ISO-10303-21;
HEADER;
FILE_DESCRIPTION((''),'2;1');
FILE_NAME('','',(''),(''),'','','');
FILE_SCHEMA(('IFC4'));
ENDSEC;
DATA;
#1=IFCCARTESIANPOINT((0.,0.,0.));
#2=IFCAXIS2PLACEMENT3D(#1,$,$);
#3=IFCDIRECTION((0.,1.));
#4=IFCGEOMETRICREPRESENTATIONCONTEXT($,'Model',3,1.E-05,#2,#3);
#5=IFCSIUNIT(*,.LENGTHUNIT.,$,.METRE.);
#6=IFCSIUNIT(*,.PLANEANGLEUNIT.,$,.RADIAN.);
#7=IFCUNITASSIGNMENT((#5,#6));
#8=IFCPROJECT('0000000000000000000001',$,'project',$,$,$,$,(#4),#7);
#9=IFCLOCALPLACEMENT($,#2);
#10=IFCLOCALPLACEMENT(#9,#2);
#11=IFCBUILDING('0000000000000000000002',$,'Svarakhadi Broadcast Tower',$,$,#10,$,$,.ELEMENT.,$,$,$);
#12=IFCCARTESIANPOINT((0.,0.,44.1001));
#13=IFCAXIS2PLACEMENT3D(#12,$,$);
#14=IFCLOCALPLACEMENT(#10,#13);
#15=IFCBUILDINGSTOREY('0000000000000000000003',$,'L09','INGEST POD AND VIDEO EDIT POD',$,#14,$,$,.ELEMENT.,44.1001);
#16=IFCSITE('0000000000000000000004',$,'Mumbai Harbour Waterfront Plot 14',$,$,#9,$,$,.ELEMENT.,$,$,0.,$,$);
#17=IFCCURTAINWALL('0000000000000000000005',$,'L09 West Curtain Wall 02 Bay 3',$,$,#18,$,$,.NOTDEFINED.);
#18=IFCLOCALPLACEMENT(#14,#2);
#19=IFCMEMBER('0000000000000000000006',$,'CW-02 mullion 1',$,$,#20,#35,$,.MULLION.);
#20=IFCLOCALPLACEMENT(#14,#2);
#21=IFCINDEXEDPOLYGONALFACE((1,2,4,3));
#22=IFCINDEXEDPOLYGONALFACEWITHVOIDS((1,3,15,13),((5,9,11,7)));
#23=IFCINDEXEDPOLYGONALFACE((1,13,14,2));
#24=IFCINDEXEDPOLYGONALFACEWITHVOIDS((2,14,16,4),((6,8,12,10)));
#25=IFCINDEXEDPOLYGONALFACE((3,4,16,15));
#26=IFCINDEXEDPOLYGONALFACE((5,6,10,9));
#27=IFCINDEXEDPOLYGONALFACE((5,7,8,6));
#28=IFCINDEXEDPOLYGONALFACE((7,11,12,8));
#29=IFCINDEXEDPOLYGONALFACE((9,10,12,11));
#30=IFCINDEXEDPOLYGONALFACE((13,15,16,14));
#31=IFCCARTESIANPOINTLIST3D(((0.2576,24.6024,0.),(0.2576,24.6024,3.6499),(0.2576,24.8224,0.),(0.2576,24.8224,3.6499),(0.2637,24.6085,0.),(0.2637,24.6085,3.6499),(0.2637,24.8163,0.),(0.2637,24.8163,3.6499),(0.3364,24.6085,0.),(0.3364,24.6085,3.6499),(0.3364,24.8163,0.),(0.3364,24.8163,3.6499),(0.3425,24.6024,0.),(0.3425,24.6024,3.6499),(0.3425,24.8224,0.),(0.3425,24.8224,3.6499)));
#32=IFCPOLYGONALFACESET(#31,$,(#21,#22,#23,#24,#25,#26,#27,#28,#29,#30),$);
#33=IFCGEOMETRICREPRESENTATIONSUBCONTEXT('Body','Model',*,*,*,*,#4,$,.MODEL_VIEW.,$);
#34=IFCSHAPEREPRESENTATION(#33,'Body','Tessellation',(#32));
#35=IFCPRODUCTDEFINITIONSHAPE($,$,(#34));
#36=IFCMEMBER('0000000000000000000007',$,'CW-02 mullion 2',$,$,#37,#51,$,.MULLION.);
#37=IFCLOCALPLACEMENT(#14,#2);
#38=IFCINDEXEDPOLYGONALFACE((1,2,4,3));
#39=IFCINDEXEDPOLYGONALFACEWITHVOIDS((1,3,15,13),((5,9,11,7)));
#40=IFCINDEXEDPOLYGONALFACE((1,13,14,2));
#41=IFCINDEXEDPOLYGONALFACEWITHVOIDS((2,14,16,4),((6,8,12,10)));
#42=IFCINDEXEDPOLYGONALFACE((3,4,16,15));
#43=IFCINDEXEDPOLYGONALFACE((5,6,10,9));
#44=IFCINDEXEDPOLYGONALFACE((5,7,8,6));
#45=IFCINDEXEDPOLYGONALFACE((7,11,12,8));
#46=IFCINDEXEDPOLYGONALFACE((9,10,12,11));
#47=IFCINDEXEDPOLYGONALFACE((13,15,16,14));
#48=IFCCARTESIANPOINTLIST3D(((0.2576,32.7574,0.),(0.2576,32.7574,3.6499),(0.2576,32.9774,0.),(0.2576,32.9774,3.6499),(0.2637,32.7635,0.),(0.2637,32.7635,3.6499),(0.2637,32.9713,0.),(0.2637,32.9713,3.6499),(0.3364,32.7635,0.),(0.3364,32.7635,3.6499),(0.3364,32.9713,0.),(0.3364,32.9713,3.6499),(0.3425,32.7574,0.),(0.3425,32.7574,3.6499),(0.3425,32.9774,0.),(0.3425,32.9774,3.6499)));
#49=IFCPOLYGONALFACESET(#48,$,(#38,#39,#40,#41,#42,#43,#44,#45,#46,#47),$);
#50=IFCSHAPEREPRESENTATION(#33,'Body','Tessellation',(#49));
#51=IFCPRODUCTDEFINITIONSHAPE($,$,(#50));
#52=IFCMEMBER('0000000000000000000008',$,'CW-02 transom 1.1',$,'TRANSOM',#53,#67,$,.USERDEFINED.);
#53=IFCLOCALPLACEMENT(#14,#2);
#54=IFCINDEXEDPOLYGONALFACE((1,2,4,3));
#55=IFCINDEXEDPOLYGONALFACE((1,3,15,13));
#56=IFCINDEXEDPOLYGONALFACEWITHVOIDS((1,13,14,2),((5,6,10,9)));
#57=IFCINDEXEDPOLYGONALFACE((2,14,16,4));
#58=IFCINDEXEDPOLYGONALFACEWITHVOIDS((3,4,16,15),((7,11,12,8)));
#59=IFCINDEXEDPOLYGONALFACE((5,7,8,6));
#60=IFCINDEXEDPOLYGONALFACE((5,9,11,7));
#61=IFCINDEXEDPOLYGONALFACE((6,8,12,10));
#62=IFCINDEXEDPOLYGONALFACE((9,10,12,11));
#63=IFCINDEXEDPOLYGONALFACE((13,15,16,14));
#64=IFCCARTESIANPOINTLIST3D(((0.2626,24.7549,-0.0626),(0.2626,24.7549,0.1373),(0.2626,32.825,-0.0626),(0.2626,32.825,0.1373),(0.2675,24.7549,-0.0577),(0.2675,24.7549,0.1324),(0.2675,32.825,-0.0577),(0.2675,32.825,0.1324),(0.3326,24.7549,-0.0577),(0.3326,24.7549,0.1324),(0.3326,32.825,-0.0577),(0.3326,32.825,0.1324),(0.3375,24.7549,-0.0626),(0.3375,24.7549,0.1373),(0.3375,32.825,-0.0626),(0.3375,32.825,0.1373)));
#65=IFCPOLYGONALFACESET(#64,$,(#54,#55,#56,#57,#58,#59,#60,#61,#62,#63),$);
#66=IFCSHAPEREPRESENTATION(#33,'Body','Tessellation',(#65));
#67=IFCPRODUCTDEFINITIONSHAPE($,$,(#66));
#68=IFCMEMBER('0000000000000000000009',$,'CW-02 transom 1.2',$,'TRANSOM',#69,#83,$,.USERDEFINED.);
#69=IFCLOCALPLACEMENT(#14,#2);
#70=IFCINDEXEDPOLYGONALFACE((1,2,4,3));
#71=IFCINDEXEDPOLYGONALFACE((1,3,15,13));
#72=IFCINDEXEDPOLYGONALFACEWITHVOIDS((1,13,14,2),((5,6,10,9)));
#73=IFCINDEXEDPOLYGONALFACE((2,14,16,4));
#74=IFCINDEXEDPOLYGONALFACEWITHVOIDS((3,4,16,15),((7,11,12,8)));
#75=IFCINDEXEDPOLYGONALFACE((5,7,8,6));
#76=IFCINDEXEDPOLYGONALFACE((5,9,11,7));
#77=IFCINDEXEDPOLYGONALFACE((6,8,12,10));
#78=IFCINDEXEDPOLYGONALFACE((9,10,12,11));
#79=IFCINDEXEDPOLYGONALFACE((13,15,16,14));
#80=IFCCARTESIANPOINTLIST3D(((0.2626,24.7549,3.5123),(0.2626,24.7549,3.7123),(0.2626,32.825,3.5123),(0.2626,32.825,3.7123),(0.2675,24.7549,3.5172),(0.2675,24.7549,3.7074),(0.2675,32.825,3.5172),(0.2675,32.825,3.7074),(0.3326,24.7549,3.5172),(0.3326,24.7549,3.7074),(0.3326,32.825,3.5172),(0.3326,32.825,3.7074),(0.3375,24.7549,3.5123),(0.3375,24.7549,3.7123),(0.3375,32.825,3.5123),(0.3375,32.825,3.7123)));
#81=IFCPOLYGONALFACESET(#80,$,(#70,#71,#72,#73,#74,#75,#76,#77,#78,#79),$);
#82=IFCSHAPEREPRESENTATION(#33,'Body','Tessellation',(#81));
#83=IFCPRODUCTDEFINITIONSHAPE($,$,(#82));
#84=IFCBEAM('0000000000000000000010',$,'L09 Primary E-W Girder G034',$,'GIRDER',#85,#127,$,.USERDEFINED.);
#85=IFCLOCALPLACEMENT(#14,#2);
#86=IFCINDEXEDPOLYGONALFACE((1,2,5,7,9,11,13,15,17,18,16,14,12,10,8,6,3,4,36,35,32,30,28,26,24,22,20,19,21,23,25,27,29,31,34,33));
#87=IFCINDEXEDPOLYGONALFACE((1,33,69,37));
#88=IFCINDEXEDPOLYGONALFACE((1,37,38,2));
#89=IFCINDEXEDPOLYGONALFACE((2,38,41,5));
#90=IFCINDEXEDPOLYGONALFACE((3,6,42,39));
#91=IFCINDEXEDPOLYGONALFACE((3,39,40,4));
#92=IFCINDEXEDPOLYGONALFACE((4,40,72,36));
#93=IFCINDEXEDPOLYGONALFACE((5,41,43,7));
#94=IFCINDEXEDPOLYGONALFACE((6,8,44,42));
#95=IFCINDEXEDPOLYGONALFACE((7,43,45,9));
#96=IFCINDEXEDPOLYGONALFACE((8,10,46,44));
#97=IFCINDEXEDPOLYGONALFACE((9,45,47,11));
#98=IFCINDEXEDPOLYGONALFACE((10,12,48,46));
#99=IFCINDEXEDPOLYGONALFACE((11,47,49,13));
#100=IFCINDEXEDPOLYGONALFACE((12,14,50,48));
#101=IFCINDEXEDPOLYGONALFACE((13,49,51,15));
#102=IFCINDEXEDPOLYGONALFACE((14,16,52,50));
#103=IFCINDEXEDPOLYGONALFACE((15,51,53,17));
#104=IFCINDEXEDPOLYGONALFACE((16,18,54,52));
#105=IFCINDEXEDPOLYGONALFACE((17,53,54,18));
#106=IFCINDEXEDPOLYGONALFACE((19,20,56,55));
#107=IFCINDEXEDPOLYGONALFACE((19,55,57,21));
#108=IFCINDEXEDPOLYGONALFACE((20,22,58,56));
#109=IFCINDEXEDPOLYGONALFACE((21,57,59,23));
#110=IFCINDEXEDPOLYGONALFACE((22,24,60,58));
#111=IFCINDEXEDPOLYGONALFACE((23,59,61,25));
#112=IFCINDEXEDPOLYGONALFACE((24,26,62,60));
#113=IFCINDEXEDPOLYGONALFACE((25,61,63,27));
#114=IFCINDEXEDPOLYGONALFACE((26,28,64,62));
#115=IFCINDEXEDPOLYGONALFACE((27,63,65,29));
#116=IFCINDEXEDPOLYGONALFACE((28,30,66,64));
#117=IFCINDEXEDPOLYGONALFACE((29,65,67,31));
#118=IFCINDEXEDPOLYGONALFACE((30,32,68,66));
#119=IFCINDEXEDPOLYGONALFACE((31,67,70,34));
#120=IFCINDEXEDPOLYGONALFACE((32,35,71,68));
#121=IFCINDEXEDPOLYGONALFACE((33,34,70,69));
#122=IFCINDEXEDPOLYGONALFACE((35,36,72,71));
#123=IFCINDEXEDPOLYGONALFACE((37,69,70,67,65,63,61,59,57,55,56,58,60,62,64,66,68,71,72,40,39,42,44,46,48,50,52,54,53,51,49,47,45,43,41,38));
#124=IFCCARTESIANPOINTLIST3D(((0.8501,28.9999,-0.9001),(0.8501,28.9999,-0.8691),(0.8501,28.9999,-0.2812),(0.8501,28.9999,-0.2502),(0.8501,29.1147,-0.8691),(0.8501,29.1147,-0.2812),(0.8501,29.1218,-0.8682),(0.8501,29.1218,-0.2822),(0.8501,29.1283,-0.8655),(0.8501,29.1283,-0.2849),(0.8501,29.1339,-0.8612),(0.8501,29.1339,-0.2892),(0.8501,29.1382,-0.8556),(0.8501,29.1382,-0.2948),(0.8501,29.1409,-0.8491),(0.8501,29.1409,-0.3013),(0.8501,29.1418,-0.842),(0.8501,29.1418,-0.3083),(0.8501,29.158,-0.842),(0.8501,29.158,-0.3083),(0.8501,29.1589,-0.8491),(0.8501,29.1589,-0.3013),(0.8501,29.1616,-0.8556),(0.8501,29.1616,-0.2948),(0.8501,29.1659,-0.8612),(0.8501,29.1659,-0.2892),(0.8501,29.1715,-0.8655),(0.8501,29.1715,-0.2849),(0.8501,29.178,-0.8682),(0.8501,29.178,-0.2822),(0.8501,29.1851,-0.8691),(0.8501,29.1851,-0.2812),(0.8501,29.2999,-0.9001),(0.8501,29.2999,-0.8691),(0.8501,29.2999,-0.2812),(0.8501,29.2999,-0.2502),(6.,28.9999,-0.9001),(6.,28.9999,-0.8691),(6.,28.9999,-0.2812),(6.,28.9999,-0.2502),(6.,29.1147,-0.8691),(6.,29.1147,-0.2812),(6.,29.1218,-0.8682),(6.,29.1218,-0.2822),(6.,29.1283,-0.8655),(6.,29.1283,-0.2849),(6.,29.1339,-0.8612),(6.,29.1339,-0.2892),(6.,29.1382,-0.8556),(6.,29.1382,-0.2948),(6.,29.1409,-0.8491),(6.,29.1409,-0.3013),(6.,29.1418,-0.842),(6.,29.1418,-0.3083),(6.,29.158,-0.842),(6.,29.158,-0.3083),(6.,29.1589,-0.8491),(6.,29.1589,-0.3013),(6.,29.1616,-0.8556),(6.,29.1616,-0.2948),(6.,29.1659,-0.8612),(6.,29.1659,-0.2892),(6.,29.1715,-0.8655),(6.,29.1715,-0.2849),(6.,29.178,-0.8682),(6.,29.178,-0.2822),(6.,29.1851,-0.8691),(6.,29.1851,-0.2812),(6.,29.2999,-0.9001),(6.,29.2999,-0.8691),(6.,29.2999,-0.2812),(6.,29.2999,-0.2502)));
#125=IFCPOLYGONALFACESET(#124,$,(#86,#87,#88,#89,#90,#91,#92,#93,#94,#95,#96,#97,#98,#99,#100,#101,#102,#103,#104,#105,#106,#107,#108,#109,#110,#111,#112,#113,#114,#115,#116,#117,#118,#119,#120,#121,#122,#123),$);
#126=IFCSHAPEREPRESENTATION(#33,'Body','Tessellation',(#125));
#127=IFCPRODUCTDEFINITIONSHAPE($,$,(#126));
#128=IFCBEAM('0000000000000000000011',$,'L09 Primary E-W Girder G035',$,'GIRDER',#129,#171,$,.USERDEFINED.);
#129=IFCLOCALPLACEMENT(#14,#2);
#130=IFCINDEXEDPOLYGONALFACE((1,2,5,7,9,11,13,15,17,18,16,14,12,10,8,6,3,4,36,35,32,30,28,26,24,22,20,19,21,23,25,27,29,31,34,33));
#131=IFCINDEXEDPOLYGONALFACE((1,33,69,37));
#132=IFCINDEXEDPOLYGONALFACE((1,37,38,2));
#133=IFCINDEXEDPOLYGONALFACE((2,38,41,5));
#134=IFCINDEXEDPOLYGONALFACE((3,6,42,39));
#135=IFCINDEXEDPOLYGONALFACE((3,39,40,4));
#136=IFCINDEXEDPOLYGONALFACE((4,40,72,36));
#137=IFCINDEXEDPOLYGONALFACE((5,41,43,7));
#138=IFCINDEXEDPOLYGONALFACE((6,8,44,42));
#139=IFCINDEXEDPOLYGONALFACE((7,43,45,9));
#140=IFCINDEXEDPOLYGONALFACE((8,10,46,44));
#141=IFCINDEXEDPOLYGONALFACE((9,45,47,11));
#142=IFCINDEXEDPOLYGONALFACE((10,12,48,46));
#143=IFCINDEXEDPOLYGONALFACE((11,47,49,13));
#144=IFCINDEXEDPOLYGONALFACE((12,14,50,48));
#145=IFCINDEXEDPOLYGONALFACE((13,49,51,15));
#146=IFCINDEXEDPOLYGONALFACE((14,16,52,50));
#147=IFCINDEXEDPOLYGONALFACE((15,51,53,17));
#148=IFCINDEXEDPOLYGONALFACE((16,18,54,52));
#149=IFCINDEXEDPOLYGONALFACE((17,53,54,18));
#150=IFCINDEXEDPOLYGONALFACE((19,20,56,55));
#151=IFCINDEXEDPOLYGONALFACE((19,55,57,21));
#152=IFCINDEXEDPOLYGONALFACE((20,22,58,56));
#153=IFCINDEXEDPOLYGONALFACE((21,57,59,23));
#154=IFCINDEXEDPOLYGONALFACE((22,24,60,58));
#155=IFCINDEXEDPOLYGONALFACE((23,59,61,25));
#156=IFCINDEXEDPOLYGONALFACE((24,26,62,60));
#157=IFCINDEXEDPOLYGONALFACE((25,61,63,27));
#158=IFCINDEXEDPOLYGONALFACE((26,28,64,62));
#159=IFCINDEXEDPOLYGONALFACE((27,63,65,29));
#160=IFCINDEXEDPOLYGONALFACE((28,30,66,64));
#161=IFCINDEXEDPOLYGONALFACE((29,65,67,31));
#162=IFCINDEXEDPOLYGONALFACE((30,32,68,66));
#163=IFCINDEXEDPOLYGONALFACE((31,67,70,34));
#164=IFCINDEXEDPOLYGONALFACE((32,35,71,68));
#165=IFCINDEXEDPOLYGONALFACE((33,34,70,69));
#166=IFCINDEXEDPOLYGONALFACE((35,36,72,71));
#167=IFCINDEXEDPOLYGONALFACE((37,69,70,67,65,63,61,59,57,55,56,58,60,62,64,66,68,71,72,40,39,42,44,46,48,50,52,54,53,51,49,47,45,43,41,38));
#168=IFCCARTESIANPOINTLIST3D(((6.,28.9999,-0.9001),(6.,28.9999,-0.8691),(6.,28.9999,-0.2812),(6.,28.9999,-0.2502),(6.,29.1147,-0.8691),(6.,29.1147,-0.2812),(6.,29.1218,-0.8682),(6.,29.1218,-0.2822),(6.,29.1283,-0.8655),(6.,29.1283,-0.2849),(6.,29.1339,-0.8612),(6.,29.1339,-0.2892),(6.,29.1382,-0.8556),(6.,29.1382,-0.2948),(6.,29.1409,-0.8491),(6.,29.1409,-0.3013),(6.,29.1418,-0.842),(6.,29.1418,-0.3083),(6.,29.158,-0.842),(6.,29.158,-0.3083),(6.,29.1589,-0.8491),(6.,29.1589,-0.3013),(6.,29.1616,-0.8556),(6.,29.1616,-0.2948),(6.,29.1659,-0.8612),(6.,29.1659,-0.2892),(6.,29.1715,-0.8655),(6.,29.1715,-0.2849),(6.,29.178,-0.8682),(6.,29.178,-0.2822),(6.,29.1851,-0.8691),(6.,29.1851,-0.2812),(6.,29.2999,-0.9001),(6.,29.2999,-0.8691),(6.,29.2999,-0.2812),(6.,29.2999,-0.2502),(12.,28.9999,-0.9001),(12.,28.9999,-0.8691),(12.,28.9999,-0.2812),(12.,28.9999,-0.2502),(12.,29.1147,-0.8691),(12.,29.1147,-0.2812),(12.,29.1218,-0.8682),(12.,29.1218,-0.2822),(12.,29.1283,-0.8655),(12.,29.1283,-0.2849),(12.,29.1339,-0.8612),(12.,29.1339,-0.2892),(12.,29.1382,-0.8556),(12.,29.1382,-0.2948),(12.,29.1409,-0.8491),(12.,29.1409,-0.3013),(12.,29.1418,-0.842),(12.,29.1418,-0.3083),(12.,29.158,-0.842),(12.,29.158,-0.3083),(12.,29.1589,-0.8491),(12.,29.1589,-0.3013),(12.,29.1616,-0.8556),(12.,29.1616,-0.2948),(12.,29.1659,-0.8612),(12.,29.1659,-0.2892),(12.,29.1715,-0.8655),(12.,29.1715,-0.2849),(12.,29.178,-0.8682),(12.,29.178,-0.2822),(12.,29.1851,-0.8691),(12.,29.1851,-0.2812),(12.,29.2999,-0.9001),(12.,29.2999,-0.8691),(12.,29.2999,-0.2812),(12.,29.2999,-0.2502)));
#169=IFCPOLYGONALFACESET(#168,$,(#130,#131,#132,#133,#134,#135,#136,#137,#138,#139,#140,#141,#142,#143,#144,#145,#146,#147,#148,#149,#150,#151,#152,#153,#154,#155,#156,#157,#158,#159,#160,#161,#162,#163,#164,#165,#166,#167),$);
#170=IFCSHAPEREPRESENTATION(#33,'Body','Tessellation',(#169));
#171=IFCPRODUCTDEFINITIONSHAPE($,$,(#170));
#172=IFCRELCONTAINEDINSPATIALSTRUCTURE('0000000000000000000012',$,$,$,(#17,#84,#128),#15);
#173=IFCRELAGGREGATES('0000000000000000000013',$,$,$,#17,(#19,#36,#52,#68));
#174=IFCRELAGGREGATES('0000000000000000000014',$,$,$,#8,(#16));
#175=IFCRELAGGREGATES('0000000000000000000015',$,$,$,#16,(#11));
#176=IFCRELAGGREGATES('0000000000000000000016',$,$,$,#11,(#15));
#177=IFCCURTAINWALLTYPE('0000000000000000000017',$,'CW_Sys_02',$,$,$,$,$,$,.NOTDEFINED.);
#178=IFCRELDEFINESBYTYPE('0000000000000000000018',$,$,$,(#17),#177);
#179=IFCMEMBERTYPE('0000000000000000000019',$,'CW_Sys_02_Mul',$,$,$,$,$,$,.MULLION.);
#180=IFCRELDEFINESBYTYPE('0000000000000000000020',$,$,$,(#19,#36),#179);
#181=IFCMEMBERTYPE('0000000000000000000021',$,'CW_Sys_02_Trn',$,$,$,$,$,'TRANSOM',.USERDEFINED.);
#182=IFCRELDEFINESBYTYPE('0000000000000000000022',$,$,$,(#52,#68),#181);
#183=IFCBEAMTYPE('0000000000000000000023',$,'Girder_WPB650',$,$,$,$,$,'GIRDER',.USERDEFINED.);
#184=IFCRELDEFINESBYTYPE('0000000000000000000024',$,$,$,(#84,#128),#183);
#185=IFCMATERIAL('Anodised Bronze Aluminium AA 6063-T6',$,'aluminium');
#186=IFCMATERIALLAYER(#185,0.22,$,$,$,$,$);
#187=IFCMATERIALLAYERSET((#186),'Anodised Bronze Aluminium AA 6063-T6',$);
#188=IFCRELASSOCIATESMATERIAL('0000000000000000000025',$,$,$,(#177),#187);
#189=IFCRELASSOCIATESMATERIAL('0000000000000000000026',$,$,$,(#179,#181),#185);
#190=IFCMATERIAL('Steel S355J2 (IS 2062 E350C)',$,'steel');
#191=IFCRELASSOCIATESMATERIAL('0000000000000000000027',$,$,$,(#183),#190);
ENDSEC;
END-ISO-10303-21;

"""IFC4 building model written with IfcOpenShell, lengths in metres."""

from ifc_helpers import new_model, si_unit, direction, frame, origin, origin_2d, place, context, subcontext, project, spatial, hollow_rectangle, i_section, extrude, material, layer, layer_set, material_profile, profile_set, type_object, element, aggregate, save


model = new_model("IFC4")

# Units and contexts
model_context = context("Model", 3, precision=1e-05, world=origin(), true_north=direction((0.0, 1.0)))
body_context = subcontext(model_context, "Body", "Model", "MODEL_VIEW")
ifc_project = project(units=[si_unit("LENGTHUNIT", "METRE"), si_unit("PLANEANGLEUNIT", "RADIAN")], contexts=[model_context])

# Site, building, storey
site_placement = place(None, origin())
site = spatial("IfcSite", under=ifc_project, at=site_placement, Name="Mumbai Harbour Waterfront Plot 14", CompositionType="ELEMENT", RefElevation=0.0)
building_placement = place(site_placement, origin())
building = spatial("IfcBuilding", under=site, at=building_placement, Name="Svarakhadi Broadcast Tower", CompositionType="ELEMENT")
storey_placement = place(building_placement, frame((0.0, 0.0, 44.1001)))
storey = spatial("IfcBuildingStorey", under=building, at=storey_placement, Name="L09", Description="INGEST POD AND VIDEO EDIT POD", CompositionType="ELEMENT", Elevation=44.1001)

# Shared definitions
ifc_material_1 = material(Name="Steel S355J2 (IS 2062 E350C)", Category="steel")

# Curtain wall, members
ifc_material_2 = material(Name="Anodised Bronze Aluminium AA 6063-T6", Category="aluminium")
ifc_layer_1 = layer(ifc_material_2, 0.22)
ifc_layer_set_1 = layer_set([ifc_layer_1], Name="Anodised Bronze Aluminium AA 6063-T6")
curtain_wall_type = type_object("IfcCurtainWallType", Name="CW_Sys_02", PredefinedType="NOTDEFINED", material=ifc_layer_set_1)
curtain_wall_placement = place(storey_placement, origin())
curtain_wall = element("IfcCurtainWall", 1, at=curtain_wall_placement, inside=storey, type_object=curtain_wall_type, Name="L09 West Curtain Wall 02 Bay 3", PredefinedType="NOTDEFINED")
ifc_material_profile_1 = material_profile(ifc_material_2, hollow_rectangle(XDim=0.085, YDim=0.22, WallThickness=0.0061, at=origin_2d()), Name="ALU MULLION 220x85x6")
ifc_profile_set_1 = profile_set([ifc_material_profile_1], Name="Anodised Bronze Aluminium AA 6063-T6")
member_type_1 = type_object("IfcMemberType", Name="CW_Sys_02_Mul", PredefinedType="MULLION", material=ifc_profile_set_1)
member_1_placement = place(storey_placement, frame((0.3, 24.7124, 0.0), z_axis=(0.0, 0.0, 1.0), x_axis=(-1.0, 0.0, 0.0)))
member_1 = element("IfcMember", 2, at=member_1_placement, type_object=member_type_1, Name="CW-02 mullion 1", PredefinedType="MULLION", context=body_context, shape_type="SweptSolid", body=[
    extrude(hollow_rectangle(XDim=0.085, YDim=0.22, WallThickness=0.0061, at=origin_2d()), origin(), (0.0, 0.0, 1.0), 3.6499),
])
member_2_placement = place(storey_placement, frame((0.3, 32.8674, 0.0), z_axis=(0.0, 0.0, 1.0), x_axis=(-1.0, 0.0, 0.0)))
member_2 = element("IfcMember", 3, at=member_2_placement, type_object=member_type_1, Name="CW-02 mullion 2", PredefinedType="MULLION", context=body_context, shape_type="SweptSolid", body=[
    extrude(hollow_rectangle(XDim=0.085, YDim=0.22, WallThickness=0.0061, at=origin_2d()), origin(), (0.0, 0.0, 1.0), 3.6499),
])
ifc_material_profile_2 = material_profile(ifc_material_2, hollow_rectangle(XDim=0.075, YDim=0.2, WallThickness=0.0049, at=origin_2d()), Name="ALU TRANSOM 200x75x5")
ifc_profile_set_2 = profile_set([ifc_material_profile_2], Name="Anodised Bronze Aluminium AA 6063-T6")
member_type_2 = type_object("IfcMemberType", Name="CW_Sys_02_Trn", ElementType="TRANSOM", PredefinedType="USERDEFINED", material=ifc_profile_set_2)
member_3_placement = place(storey_placement, frame((0.3, 24.7549, 0.0374), z_axis=(0.0, 1.0, 0.0), x_axis=(-1.0, 0.0, 0.0)))
member_3 = element("IfcMember", 4, at=member_3_placement, type_object=member_type_2, Name="CW-02 transom 1.1", ObjectType="TRANSOM", PredefinedType="USERDEFINED", context=body_context, shape_type="SweptSolid", body=[
    extrude(hollow_rectangle(XDim=0.075, YDim=0.2, WallThickness=0.0049, at=origin_2d()), origin(), (0.0, 0.0, 1.0), 8.0701),
])
member_4_placement = place(storey_placement, frame((0.3, 24.7549, 3.6123), z_axis=(0.0, 1.0, 0.0), x_axis=(-1.0, 0.0, 0.0)))
member_4 = element("IfcMember", 5, at=member_4_placement, type_object=member_type_2, Name="CW-02 transom 1.2", ObjectType="TRANSOM", PredefinedType="USERDEFINED", context=body_context, shape_type="SweptSolid", body=[
    extrude(hollow_rectangle(XDim=0.075, YDim=0.2, WallThickness=0.0049, at=origin_2d()), origin(), (0.0, 0.0, 1.0), 8.0701),
])

# Beams
ifc_material_profile_3 = material_profile(ifc_material_1, i_section(OverallWidth=0.3, OverallDepth=0.6499, WebThickness=0.0161, FlangeThickness=0.031, FilletRadius=0.0271, at=origin_2d()), Name="WPB 650x300x225")
ifc_profile_set_3 = profile_set([ifc_material_profile_3], Name="Steel S355J2 (IS 2062 E350C)")
beam_type_1 = type_object("IfcBeamType", Name="Girder_WPB650", ElementType="GIRDER", PredefinedType="USERDEFINED", material=ifc_profile_set_3)
beam_1_placement = place(storey_placement, frame((0.8501, 29.1499, -0.5752), z_axis=(1.0, 0.0, 0.0), x_axis=(0.0, 1.0, 0.0)))
element("IfcBeam", 6, at=beam_1_placement, inside=storey, type_object=beam_type_1, Name="L09 Primary E-W Girder G034", ObjectType="GIRDER", PredefinedType="USERDEFINED", context=body_context, shape_type="SweptSolid", body=[
    extrude(i_section(OverallWidth=0.3, OverallDepth=0.6499, WebThickness=0.0161, FlangeThickness=0.031, FilletRadius=0.0271, at=origin_2d()), origin(), (0.0, 0.0, 1.0), 5.1499),
])
beam_2_placement = place(storey_placement, frame((6.0, 29.1499, -0.5752), z_axis=(1.0, 0.0, 0.0), x_axis=(0.0, 1.0, 0.0)))
element("IfcBeam", 7, at=beam_2_placement, inside=storey, type_object=beam_type_1, Name="L09 Primary E-W Girder G035", ObjectType="GIRDER", PredefinedType="USERDEFINED", context=body_context, shape_type="SweptSolid", body=[
    extrude(i_section(OverallWidth=0.3, OverallDepth=0.6499, WebThickness=0.0161, FlangeThickness=0.031, FilletRadius=0.0271, at=origin_2d()), origin(), (0.0, 0.0, 1.0), 6.0),
])

aggregate(curtain_wall, [member_1, member_2, member_3, member_4])

save(model, "model.ifc")
